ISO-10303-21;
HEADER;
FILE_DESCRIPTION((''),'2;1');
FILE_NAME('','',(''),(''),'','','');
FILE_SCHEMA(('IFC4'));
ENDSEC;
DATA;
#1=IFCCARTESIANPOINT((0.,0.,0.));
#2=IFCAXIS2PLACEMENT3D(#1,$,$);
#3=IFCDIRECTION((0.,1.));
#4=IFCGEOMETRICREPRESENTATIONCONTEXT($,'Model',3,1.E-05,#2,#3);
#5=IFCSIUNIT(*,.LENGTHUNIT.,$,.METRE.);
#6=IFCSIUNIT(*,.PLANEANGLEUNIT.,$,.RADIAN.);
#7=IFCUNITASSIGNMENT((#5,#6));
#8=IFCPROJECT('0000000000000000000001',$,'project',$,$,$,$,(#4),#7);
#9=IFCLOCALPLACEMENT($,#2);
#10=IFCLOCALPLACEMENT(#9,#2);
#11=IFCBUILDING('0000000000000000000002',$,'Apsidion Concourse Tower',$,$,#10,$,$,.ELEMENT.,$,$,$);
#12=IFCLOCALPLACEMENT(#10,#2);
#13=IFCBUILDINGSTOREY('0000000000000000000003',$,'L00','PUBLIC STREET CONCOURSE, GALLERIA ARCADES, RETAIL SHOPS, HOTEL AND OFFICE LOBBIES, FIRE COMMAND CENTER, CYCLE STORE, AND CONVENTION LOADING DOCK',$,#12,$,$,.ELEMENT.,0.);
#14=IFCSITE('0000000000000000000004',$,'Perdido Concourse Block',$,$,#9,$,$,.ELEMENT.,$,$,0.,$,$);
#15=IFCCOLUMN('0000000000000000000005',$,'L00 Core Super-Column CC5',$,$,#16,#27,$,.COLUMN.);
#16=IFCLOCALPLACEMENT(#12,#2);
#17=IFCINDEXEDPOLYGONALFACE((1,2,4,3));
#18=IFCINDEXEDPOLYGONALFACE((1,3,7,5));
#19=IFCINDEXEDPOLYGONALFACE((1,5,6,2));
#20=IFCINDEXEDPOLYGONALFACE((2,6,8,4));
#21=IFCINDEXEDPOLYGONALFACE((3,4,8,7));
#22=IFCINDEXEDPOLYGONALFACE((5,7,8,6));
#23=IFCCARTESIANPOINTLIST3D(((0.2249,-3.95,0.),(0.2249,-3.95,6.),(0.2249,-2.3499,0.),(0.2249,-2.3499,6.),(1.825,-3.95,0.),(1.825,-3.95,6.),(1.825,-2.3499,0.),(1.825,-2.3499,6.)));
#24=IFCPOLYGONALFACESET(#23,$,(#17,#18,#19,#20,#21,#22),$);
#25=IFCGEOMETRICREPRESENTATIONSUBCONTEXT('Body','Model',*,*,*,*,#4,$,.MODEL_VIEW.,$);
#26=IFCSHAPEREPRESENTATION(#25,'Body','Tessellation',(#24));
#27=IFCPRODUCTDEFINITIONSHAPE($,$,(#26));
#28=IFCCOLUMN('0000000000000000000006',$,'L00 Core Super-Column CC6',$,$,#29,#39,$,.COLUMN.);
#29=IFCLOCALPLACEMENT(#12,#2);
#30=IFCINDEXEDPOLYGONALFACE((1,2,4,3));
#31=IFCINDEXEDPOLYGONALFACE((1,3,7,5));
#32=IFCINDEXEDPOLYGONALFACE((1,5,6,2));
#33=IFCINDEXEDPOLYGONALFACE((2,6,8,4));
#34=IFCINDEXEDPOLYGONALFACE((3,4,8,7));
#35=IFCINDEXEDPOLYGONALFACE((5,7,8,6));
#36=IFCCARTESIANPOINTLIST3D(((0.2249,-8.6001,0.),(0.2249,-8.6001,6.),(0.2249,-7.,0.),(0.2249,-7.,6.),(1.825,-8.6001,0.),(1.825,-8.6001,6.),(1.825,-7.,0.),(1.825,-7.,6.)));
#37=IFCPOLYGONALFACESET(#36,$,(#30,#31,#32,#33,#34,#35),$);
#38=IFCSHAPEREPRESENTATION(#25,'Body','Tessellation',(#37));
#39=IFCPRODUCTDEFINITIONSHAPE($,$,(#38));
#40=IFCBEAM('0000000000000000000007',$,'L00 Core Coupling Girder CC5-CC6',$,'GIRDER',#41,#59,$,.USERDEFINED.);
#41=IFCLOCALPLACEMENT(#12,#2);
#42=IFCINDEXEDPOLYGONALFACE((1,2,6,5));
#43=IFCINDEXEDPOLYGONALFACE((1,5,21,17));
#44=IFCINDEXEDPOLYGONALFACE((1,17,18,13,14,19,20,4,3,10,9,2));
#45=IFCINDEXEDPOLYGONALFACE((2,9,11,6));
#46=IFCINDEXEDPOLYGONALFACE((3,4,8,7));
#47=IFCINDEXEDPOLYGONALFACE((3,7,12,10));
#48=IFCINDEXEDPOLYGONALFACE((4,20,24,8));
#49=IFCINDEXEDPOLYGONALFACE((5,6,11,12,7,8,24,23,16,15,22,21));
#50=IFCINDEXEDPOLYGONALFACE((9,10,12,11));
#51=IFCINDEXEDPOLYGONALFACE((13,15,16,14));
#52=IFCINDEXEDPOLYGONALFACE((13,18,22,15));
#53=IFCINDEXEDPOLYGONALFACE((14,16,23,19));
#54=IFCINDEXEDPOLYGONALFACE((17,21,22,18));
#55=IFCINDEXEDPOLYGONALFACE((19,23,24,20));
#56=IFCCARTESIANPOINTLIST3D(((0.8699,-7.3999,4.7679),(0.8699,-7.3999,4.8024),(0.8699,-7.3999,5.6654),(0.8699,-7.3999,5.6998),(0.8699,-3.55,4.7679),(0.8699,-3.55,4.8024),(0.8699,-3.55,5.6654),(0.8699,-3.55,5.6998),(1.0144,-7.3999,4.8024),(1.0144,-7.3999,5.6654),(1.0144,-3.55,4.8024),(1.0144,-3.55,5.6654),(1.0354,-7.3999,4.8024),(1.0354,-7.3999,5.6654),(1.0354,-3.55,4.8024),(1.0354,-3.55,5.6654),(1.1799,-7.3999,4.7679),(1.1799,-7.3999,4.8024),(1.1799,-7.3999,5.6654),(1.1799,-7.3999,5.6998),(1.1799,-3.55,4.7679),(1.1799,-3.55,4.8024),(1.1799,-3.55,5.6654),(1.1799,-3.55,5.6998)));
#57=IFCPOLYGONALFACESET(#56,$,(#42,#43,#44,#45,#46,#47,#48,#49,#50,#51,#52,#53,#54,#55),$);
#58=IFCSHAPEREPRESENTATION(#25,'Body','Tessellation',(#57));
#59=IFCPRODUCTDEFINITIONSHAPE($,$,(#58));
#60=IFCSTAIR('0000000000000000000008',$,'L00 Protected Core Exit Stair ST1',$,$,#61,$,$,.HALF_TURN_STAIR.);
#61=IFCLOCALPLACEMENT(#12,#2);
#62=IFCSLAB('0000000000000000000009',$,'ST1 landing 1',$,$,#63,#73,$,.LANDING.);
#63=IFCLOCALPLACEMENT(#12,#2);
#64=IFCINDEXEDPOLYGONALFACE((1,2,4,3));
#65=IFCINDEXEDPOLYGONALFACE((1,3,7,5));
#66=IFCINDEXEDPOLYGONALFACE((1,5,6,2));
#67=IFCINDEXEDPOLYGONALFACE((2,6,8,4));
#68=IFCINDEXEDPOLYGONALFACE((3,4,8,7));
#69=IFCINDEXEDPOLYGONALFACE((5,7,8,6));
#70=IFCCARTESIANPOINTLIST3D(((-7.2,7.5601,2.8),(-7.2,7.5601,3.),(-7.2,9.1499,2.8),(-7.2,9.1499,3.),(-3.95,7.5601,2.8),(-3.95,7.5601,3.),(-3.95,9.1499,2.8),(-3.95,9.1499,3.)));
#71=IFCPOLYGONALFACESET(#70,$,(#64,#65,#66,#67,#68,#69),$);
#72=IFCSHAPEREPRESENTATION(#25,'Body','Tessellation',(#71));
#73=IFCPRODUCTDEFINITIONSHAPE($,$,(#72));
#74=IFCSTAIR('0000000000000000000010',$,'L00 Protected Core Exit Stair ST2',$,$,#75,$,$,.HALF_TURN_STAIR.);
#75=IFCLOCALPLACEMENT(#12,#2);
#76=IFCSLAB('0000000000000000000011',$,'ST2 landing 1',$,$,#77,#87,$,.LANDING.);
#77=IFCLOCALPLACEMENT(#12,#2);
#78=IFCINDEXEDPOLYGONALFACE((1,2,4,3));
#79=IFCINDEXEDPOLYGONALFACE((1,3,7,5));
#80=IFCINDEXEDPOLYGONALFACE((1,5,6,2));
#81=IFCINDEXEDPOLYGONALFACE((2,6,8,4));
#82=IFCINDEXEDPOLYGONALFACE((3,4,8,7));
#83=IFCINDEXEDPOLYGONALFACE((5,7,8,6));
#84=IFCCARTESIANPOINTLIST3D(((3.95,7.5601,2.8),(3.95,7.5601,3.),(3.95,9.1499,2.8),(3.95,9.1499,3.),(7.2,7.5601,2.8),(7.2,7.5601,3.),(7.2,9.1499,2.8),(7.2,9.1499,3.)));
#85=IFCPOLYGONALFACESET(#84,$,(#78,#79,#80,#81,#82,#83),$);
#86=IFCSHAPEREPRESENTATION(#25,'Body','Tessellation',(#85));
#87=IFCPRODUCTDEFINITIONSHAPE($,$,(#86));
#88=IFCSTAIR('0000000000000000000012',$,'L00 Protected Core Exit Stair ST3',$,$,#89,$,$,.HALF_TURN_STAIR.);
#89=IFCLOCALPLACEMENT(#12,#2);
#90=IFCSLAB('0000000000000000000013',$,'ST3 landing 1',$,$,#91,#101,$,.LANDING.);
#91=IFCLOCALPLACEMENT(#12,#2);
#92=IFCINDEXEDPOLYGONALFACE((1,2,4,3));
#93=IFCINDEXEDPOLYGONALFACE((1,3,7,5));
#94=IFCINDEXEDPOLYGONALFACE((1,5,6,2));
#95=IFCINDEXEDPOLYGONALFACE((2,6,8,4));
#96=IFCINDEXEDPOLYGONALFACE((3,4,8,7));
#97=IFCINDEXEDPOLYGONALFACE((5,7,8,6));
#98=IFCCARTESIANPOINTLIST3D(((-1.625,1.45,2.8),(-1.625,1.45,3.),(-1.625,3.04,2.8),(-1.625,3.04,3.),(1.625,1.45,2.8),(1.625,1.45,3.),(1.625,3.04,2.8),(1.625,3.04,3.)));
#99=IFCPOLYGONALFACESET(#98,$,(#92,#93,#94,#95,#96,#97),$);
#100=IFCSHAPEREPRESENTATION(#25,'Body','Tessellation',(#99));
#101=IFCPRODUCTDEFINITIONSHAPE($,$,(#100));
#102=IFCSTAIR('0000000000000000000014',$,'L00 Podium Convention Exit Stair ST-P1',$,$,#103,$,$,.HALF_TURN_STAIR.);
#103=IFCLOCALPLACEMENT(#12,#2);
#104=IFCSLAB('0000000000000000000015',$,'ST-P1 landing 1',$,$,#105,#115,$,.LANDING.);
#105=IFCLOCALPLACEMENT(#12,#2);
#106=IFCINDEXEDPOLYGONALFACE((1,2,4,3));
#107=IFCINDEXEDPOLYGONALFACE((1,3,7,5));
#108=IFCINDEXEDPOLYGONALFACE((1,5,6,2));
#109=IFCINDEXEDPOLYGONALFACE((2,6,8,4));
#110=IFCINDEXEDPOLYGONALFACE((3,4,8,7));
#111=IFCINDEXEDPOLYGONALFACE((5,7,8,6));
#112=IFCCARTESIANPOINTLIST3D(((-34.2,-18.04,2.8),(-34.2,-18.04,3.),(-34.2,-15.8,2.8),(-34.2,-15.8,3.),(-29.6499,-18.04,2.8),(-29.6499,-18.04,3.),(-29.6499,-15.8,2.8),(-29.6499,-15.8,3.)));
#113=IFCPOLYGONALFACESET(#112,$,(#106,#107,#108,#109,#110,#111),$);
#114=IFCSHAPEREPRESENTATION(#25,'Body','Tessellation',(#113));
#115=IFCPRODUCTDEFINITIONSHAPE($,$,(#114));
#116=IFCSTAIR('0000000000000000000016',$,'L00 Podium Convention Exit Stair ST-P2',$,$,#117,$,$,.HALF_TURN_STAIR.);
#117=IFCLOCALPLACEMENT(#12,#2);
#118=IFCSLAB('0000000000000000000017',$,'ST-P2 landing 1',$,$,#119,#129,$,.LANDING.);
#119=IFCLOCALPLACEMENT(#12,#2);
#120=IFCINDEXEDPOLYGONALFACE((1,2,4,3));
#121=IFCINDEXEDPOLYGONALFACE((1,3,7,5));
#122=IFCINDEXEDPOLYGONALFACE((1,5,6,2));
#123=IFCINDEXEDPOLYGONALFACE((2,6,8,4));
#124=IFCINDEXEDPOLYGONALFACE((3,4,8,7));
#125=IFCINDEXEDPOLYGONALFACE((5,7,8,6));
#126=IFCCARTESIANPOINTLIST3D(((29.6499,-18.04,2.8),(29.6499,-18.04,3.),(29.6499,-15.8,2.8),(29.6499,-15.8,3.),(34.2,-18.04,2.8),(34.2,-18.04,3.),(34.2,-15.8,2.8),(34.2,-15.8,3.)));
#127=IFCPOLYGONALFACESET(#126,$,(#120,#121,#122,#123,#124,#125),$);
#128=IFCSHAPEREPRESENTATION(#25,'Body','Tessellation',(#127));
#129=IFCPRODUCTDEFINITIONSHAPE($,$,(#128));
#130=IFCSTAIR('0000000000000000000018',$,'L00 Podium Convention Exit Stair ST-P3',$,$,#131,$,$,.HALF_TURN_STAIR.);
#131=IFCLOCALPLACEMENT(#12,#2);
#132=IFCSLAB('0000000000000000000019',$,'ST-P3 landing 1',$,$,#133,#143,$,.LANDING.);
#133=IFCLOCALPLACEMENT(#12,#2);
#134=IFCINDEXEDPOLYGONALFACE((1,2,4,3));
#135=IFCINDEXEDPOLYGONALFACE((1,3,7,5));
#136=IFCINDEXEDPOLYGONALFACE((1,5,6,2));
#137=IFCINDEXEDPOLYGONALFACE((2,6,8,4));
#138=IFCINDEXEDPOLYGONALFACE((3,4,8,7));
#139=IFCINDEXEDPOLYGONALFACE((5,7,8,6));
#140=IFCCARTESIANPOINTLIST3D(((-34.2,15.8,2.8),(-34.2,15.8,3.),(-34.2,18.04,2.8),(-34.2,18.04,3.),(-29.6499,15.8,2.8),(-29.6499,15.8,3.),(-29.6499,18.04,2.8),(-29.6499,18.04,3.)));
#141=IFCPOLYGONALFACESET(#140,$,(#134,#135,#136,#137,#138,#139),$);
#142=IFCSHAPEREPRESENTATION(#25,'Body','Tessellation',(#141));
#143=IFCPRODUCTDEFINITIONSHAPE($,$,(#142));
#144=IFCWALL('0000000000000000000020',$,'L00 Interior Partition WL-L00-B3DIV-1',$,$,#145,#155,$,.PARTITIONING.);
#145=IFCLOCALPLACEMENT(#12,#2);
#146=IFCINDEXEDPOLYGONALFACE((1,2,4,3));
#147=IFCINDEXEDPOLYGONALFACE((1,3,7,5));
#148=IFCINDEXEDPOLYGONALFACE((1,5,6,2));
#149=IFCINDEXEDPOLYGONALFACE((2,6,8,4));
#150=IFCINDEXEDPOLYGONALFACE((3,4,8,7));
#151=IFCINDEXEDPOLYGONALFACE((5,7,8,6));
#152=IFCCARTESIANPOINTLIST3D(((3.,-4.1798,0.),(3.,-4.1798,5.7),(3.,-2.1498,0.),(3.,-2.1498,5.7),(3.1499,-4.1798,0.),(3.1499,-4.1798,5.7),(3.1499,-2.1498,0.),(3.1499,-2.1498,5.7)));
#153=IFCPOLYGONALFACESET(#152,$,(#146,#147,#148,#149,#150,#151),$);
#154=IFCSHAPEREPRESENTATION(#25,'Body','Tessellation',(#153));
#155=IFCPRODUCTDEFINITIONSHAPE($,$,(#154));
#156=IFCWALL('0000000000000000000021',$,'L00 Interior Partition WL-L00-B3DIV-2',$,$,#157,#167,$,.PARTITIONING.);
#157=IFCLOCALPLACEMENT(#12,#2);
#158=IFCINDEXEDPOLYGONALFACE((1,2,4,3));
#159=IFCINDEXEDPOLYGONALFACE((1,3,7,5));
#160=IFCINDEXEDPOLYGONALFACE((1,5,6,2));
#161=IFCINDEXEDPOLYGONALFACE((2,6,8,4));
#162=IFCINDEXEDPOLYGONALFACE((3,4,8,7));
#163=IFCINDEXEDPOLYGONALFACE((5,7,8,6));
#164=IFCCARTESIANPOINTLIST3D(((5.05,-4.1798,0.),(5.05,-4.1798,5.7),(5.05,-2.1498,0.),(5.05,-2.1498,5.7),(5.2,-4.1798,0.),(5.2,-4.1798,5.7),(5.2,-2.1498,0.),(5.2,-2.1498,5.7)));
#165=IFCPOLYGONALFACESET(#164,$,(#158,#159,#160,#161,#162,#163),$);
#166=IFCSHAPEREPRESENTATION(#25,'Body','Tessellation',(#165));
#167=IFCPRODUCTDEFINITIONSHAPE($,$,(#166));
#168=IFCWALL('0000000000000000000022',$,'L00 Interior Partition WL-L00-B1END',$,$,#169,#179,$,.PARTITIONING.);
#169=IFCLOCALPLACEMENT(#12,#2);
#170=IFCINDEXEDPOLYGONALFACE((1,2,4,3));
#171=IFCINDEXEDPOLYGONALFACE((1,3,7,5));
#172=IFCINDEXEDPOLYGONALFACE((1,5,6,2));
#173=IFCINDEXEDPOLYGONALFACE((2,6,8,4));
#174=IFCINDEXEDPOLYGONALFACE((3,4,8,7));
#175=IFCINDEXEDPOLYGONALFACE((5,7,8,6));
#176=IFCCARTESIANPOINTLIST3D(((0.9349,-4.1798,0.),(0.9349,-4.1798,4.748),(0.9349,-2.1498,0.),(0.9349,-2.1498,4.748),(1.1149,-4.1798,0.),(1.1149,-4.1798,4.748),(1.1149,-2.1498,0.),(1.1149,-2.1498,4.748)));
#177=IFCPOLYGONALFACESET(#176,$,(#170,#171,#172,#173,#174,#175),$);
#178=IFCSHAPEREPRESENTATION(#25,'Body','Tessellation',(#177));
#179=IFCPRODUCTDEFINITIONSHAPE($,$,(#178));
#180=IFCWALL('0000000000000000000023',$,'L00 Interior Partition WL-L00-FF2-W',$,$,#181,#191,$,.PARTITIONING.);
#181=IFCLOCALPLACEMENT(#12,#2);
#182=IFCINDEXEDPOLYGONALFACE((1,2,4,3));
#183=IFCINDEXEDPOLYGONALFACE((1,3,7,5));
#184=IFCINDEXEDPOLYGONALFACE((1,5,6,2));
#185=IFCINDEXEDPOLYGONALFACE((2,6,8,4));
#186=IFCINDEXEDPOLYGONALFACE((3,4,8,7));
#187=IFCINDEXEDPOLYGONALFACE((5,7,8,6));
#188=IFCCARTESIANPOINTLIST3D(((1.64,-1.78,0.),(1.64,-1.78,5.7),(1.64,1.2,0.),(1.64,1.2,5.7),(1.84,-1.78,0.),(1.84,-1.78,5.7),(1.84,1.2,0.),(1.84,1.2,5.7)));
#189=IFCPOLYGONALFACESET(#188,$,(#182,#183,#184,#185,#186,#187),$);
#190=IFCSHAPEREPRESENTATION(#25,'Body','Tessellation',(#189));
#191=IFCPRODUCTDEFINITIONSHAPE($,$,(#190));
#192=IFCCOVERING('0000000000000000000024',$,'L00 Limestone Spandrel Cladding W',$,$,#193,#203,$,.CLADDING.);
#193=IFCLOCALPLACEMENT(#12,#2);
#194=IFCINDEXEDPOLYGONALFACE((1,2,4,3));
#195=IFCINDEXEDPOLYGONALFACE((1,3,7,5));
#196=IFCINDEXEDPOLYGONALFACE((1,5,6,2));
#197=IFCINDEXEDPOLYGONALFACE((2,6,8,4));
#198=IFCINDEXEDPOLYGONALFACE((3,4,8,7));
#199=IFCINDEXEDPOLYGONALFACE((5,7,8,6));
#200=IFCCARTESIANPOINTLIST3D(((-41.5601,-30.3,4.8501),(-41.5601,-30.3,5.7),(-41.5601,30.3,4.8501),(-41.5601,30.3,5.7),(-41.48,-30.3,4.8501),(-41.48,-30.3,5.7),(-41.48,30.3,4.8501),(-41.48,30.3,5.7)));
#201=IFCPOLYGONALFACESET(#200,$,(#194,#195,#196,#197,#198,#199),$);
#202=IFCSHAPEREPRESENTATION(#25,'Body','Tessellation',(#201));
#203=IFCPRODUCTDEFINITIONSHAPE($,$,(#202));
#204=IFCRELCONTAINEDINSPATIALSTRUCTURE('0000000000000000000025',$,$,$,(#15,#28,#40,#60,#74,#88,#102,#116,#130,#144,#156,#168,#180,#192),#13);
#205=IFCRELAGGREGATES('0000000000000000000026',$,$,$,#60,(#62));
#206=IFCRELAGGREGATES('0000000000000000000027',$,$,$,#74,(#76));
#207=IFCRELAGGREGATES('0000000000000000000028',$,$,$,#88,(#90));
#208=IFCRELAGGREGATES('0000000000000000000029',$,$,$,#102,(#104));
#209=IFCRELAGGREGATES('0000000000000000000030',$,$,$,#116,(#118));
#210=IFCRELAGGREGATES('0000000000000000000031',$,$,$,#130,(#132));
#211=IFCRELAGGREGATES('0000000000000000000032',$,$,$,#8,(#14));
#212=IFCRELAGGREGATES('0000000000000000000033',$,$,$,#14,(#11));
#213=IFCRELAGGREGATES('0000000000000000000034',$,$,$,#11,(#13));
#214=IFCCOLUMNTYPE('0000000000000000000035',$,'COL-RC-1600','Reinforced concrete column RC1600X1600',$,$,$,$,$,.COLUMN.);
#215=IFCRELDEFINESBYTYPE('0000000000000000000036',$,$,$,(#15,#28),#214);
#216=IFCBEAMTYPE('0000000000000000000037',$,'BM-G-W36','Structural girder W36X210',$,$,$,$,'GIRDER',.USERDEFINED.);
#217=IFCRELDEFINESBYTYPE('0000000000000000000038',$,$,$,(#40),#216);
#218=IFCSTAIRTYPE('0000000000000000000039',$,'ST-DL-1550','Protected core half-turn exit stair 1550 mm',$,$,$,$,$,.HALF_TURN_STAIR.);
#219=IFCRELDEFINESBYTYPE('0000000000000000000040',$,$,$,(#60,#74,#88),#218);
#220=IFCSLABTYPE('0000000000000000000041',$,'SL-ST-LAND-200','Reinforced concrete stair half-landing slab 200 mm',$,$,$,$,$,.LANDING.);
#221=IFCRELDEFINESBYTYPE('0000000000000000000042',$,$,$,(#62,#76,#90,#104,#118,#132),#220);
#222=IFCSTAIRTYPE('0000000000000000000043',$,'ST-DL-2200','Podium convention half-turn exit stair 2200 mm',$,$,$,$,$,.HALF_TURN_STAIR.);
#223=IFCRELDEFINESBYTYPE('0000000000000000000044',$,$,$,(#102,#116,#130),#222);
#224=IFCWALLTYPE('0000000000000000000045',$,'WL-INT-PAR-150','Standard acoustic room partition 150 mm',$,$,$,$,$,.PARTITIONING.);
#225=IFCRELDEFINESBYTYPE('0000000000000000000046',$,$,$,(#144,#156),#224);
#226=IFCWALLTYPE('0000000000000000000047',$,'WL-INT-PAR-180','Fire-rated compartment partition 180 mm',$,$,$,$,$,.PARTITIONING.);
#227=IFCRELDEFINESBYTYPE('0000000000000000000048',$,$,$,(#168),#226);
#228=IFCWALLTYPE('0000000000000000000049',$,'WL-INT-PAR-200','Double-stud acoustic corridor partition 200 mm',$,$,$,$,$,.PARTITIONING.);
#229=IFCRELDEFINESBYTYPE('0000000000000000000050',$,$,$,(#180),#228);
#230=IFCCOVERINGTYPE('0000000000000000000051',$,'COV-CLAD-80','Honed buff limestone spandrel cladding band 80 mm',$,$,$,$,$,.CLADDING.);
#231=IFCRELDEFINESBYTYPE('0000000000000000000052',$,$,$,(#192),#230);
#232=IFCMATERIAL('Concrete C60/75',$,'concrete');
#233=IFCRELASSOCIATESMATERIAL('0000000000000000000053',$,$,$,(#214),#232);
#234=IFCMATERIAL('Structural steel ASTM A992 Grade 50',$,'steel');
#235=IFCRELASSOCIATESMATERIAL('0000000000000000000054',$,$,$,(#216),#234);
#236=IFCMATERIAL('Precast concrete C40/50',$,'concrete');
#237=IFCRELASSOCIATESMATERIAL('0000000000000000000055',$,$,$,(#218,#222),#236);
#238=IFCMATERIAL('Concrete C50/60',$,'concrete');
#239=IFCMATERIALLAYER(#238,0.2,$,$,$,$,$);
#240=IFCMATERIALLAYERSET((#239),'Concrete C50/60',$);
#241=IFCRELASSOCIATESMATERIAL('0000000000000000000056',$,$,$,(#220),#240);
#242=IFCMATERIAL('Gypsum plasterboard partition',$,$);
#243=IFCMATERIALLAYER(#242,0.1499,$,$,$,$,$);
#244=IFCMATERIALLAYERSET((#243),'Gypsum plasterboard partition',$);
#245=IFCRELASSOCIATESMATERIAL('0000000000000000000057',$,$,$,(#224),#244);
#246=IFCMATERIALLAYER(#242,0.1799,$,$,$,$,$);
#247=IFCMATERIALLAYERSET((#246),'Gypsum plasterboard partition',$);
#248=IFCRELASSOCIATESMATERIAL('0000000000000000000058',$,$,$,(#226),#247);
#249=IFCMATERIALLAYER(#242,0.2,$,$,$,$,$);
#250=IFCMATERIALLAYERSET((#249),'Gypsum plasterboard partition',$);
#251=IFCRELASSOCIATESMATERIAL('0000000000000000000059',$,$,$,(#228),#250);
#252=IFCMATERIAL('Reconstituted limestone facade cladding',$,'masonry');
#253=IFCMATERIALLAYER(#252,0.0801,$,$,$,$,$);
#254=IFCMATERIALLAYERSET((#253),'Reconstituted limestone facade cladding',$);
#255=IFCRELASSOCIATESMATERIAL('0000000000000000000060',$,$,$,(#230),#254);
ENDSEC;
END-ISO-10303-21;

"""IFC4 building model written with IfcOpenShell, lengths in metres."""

from ifc_helpers import new_model, si_unit, direction, frame, frame_2d, origin, origin_2d, place, context, subcontext, project, spatial, polyline, rectangle, i_section, outline, extrude, material, layer, layer_set, material_profile, profile_set, type_object, element, aggregate, save


model = new_model("IFC4")

# Units and contexts
model_context = context("Model", 3, precision=1e-05, world=origin(), true_north=direction((0.0, 1.0)))
body_context = subcontext(model_context, "Body", "Model", "MODEL_VIEW")
ifc_project = project(units=[si_unit("LENGTHUNIT", "METRE"), si_unit("PLANEANGLEUNIT", "RADIAN")], contexts=[model_context])

# Site, building, storey
site_placement = place(None, origin())
site = spatial("IfcSite", under=ifc_project, at=site_placement, Name="Perdido Concourse Block", CompositionType="ELEMENT", RefElevation=0.0)
building_placement = place(site_placement, origin())
building = spatial("IfcBuilding", under=site, at=building_placement, Name="Apsidion Concourse Tower", CompositionType="ELEMENT")
storey_placement = place(building_placement, origin())
storey = spatial("IfcBuildingStorey", under=building, at=storey_placement, Name="L00", Description="PUBLIC STREET CONCOURSE, GALLERIA ARCADES, RETAIL SHOPS, HOTEL AND OFFICE LOBBIES, FIRE COMMAND CENTER, CYCLE STORE, AND CONVENTION LOADING DOCK", CompositionType="ELEMENT", Elevation=0.0)

# Columns
ifc_material_1 = material(Name="Concrete C60/75", Category="concrete")
ifc_material_profile_1 = material_profile(ifc_material_1, rectangle(XDim=1.6001, YDim=1.6001, at=origin_2d()), Name="RC 1600x1600")
ifc_profile_set_1 = profile_set([ifc_material_profile_1], Name="Concrete C60/75")
column_type = type_object("IfcColumnType", Name="COL-RC-1600", Description="Reinforced concrete column RC1600X1600", PredefinedType="COLUMN", material=ifc_profile_set_1)
for number, where, z_axis, x_axis, name in (
    (1, (1.0249, -3.1499, 0.0), (0.0, 0.0, 1.0), (1.0, 0.0, 0.0), "L00 Core Super-Column CC5"),
    (2, (1.0249, -7.8, 0.0), (0.0, 0.0, 1.0), (1.0, 0.0, 0.0), "L00 Core Super-Column CC6"),
):
    element("IfcColumn", number, at=place(storey_placement, frame(where, z_axis=z_axis, x_axis=x_axis)), inside=storey, type_object=column_type, Name=name, PredefinedType="COLUMN", context=body_context, shape_type="SweptSolid", body=[
        extrude(rectangle(XDim=1.6001, YDim=1.6001, at=origin_2d()), origin(), (0.0, 0.0, 1.0), 6.0),
    ])

# Beam
ifc_material_2 = material(Name="Structural steel ASTM A992 Grade 50", Category="steel")
ifc_material_profile_2 = material_profile(ifc_material_2, i_section(OverallWidth=0.3101, OverallDepth=0.9319, WebThickness=0.021, FlangeThickness=0.0344, at=origin_2d()), Name="W36X210")
ifc_profile_set_2 = profile_set([ifc_material_profile_2], Name="Structural steel ASTM A992 Grade 50")
beam_type = type_object("IfcBeamType", Name="BM-G-W36", Description="Structural girder W36X210", ElementType="GIRDER", PredefinedType="USERDEFINED", material=ifc_profile_set_2)
beam_placement = place(storey_placement, frame((1.0249, -3.55, 5.2339), z_axis=(0.0, -1.0, 0.0), x_axis=(1.0, 0.0, 0.0)))
element("IfcBeam", 3, at=beam_placement, inside=storey, type_object=beam_type, Name="L00 Core Coupling Girder CC5-CC6", ObjectType="GIRDER", PredefinedType="USERDEFINED", context=body_context, shape_type="SweptSolid", body=[
    extrude(i_section(OverallWidth=0.3101, OverallDepth=0.9319, WebThickness=0.021, FlangeThickness=0.0344, at=origin_2d()), origin(), (0.0, 0.0, 1.0), 3.8499),
])

# Stairs, slabs
ifc_material_3 = material(Name="Precast concrete C40/50", Category="concrete")
stair_type_1 = type_object("IfcStairType", Name="ST-DL-1550", Description="Protected core half-turn exit stair 1550 mm", PredefinedType="HALF_TURN_STAIR", material=ifc_material_3)
stair_1_placement = place(storey_placement, origin())
stair_1 = element("IfcStair", 4, at=stair_1_placement, inside=storey, type_object=stair_type_1, Name="L00 Protected Core Exit Stair ST1", PredefinedType="HALF_TURN_STAIR")
ifc_material_4 = material(Name="Concrete C50/60", Category="concrete")
ifc_layer_1 = layer(ifc_material_4, 0.2)
ifc_layer_set_1 = layer_set([ifc_layer_1], Name="Concrete C50/60")
slab_type = type_object("IfcSlabType", Name="SL-ST-LAND-200", Description="Reinforced concrete stair half-landing slab 200 mm", PredefinedType="LANDING", material=ifc_layer_set_1)
slab_1_placement = place(storey_placement, frame((0.0, 0.0, 2.8)))
slab_1 = element("IfcSlab", 5, at=slab_1_placement, type_object=slab_type, Name="ST1 landing 1", PredefinedType="LANDING", context=body_context, shape_type="SweptSolid", body=[
    extrude(outline(polyline([(-3.95, 7.5601), (-3.95, 9.1499), (-7.2, 9.1499), (-7.2, 7.5601), (-3.95, 7.5601)])), origin(), (0.0, 0.0, 1.0), 0.2),
])
aggregate(stair_1, [slab_1])
stair_2_placement = place(storey_placement, origin())
stair_2 = element("IfcStair", 6, at=stair_2_placement, inside=storey, type_object=stair_type_1, Name="L00 Protected Core Exit Stair ST2", PredefinedType="HALF_TURN_STAIR")
slab_2_placement = place(storey_placement, frame((0.0, 0.0, 2.8)))
slab_2 = element("IfcSlab", 7, at=slab_2_placement, type_object=slab_type, Name="ST2 landing 1", PredefinedType="LANDING", context=body_context, shape_type="SweptSolid", body=[
    extrude(outline(polyline([(7.2, 7.5601), (7.2, 9.1499), (3.95, 9.1499), (3.95, 7.5601), (7.2, 7.5601)])), origin(), (0.0, 0.0, 1.0), 0.2),
])
aggregate(stair_2, [slab_2])
stair_3_placement = place(storey_placement, origin())
stair_3 = element("IfcStair", 8, at=stair_3_placement, inside=storey, type_object=stair_type_1, Name="L00 Protected Core Exit Stair ST3", PredefinedType="HALF_TURN_STAIR")
slab_3_placement = place(storey_placement, frame((0.0, 0.0, 2.8)))
slab_3 = element("IfcSlab", 9, at=slab_3_placement, type_object=slab_type, Name="ST3 landing 1", PredefinedType="LANDING", context=body_context, shape_type="SweptSolid", body=[
    extrude(outline(polyline([(-1.625, 3.04), (-1.625, 1.45), (1.625, 1.45), (1.625, 3.04), (-1.625, 3.04)])), origin(), (0.0, 0.0, 1.0), 0.2),
])
aggregate(stair_3, [slab_3])
stair_type_2 = type_object("IfcStairType", Name="ST-DL-2200", Description="Podium convention half-turn exit stair 2200 mm", PredefinedType="HALF_TURN_STAIR", material=ifc_material_3)
stair_4_placement = place(storey_placement, origin())
stair_4 = element("IfcStair", 10, at=stair_4_placement, inside=storey, type_object=stair_type_2, Name="L00 Podium Convention Exit Stair ST-P1", PredefinedType="HALF_TURN_STAIR")
slab_4_placement = place(storey_placement, frame((0.0, 0.0, 2.8)))
slab_4 = element("IfcSlab", 11, at=slab_4_placement, type_object=slab_type, Name="ST-P1 landing 1", PredefinedType="LANDING", context=body_context, shape_type="SweptSolid", body=[
    extrude(outline(polyline([(-29.6499, -18.04), (-29.6499, -15.8), (-34.2, -15.8), (-34.2, -18.04), (-29.6499, -18.04)])), origin(), (0.0, 0.0, 1.0), 0.2),
])
aggregate(stair_4, [slab_4])
stair_5_placement = place(storey_placement, origin())
stair_5 = element("IfcStair", 12, at=stair_5_placement, inside=storey, type_object=stair_type_2, Name="L00 Podium Convention Exit Stair ST-P2", PredefinedType="HALF_TURN_STAIR")
slab_5_placement = place(storey_placement, frame((0.0, 0.0, 2.8)))
slab_5 = element("IfcSlab", 13, at=slab_5_placement, type_object=slab_type, Name="ST-P2 landing 1", PredefinedType="LANDING", context=body_context, shape_type="SweptSolid", body=[
    extrude(outline(polyline([(34.2, -18.04), (34.2, -15.8), (29.6499, -15.8), (29.6499, -18.04), (34.2, -18.04)])), origin(), (0.0, 0.0, 1.0), 0.2),
])
aggregate(stair_5, [slab_5])
stair_6_placement = place(storey_placement, origin())
stair_6 = element("IfcStair", 14, at=stair_6_placement, inside=storey, type_object=stair_type_2, Name="L00 Podium Convention Exit Stair ST-P3", PredefinedType="HALF_TURN_STAIR")
slab_6_placement = place(storey_placement, frame((0.0, 0.0, 2.8)))
slab_6 = element("IfcSlab", 15, at=slab_6_placement, type_object=slab_type, Name="ST-P3 landing 1", PredefinedType="LANDING", context=body_context, shape_type="SweptSolid", body=[
    extrude(outline(polyline([(-34.2, 18.04), (-34.2, 15.8), (-29.6499, 15.8), (-29.6499, 18.04), (-34.2, 18.04)])), origin(), (0.0, 0.0, 1.0), 0.2),
])
aggregate(stair_6, [slab_6])

# Walls
ifc_material_5 = material(Name="Gypsum plasterboard partition")
ifc_layer_2 = layer(ifc_material_5, 0.1499)
ifc_layer_set_2 = layer_set([ifc_layer_2], Name="Gypsum plasterboard partition")
wall_type_1 = type_object("IfcWallType", Name="WL-INT-PAR-150", Description="Standard acoustic room partition 150 mm", PredefinedType="PARTITIONING", material=ifc_layer_set_2)
for number, where, z_axis, x_axis, name in (
    (16, (3.075, -4.1799, 0.0), (0.0, 0.0, 1.0), (0.0, 1.0, 0.0), "L00 Interior Partition WL-L00-B3DIV-1"),
    (17, (5.125, -4.1799, 0.0), (0.0, 0.0, 1.0), (0.0, 1.0, 0.0), "L00 Interior Partition WL-L00-B3DIV-2"),
):
    element("IfcWall", number, at=place(storey_placement, frame(where, z_axis=z_axis, x_axis=x_axis)), inside=storey, type_object=wall_type_1, Name=name, PredefinedType="PARTITIONING", context=body_context, shape_type="SweptSolid", body=[
        extrude(rectangle(XDim=2.03, YDim=0.1499, at=frame_2d((1.0151, 0.0))), origin(), (0.0, 0.0, 1.0), 5.7),
    ])
ifc_layer_3 = layer(ifc_material_5, 0.1799)
ifc_layer_set_3 = layer_set([ifc_layer_3], Name="Gypsum plasterboard partition")
wall_type_2 = type_object("IfcWallType", Name="WL-INT-PAR-180", Description="Fire-rated compartment partition 180 mm", PredefinedType="PARTITIONING", material=ifc_layer_set_3)
wall_1_placement = place(storey_placement, frame((1.0249, -4.1799, 0.0), z_axis=(0.0, 0.0, 1.0), x_axis=(0.0, 1.0, 0.0)))
element("IfcWall", 18, at=wall_1_placement, inside=storey, type_object=wall_type_2, Name="L00 Interior Partition WL-L00-B1END", PredefinedType="PARTITIONING", context=body_context, shape_type="SweptSolid", body=[
    extrude(rectangle(XDim=2.03, YDim=0.1799, at=frame_2d((1.0151, 0.0))), origin(), (0.0, 0.0, 1.0), 4.748),
])
ifc_layer_4 = layer(ifc_material_5, 0.2)
ifc_layer_set_4 = layer_set([ifc_layer_4], Name="Gypsum plasterboard partition")
wall_type_3 = type_object("IfcWallType", Name="WL-INT-PAR-200", Description="Double-stud acoustic corridor partition 200 mm", PredefinedType="PARTITIONING", material=ifc_layer_set_4)
wall_2_placement = place(storey_placement, frame((1.74, -1.78, 0.0), z_axis=(0.0, 0.0, 1.0), x_axis=(0.0, 1.0, 0.0)))
element("IfcWall", 19, at=wall_2_placement, inside=storey, type_object=wall_type_3, Name="L00 Interior Partition WL-L00-FF2-W", PredefinedType="PARTITIONING", context=body_context, shape_type="SweptSolid", body=[
    extrude(rectangle(XDim=2.98, YDim=0.2, at=frame_2d((1.49, 0.0))), origin(), (0.0, 0.0, 1.0), 5.7),
])

# Covering
ifc_material_6 = material(Name="Reconstituted limestone facade cladding", Category="masonry")
ifc_layer_5 = layer(ifc_material_6, 0.0801)
ifc_layer_set_5 = layer_set([ifc_layer_5], Name="Reconstituted limestone facade cladding")
covering_type = type_object("IfcCoveringType", Name="COV-CLAD-80", Description="Honed buff limestone spandrel cladding band 80 mm", PredefinedType="CLADDING", material=ifc_layer_set_5)
covering_1_placement = place(storey_placement, frame((0.0, 0.0, 4.8501)))
element("IfcCovering", 20, at=covering_1_placement, inside=storey, type_object=covering_type, Name="L00 Limestone Spandrel Cladding W", PredefinedType="CLADDING", context=body_context, shape_type="SweptSolid", body=[
    extrude(outline(polyline([(-41.48, -30.3), (-41.48, 30.3), (-41.5601, 30.3), (-41.5601, -30.3), (-41.48, -30.3)])), origin(), (0.0, 0.0, 1.0), 0.8499),
])

save(model, "model.ifc")
